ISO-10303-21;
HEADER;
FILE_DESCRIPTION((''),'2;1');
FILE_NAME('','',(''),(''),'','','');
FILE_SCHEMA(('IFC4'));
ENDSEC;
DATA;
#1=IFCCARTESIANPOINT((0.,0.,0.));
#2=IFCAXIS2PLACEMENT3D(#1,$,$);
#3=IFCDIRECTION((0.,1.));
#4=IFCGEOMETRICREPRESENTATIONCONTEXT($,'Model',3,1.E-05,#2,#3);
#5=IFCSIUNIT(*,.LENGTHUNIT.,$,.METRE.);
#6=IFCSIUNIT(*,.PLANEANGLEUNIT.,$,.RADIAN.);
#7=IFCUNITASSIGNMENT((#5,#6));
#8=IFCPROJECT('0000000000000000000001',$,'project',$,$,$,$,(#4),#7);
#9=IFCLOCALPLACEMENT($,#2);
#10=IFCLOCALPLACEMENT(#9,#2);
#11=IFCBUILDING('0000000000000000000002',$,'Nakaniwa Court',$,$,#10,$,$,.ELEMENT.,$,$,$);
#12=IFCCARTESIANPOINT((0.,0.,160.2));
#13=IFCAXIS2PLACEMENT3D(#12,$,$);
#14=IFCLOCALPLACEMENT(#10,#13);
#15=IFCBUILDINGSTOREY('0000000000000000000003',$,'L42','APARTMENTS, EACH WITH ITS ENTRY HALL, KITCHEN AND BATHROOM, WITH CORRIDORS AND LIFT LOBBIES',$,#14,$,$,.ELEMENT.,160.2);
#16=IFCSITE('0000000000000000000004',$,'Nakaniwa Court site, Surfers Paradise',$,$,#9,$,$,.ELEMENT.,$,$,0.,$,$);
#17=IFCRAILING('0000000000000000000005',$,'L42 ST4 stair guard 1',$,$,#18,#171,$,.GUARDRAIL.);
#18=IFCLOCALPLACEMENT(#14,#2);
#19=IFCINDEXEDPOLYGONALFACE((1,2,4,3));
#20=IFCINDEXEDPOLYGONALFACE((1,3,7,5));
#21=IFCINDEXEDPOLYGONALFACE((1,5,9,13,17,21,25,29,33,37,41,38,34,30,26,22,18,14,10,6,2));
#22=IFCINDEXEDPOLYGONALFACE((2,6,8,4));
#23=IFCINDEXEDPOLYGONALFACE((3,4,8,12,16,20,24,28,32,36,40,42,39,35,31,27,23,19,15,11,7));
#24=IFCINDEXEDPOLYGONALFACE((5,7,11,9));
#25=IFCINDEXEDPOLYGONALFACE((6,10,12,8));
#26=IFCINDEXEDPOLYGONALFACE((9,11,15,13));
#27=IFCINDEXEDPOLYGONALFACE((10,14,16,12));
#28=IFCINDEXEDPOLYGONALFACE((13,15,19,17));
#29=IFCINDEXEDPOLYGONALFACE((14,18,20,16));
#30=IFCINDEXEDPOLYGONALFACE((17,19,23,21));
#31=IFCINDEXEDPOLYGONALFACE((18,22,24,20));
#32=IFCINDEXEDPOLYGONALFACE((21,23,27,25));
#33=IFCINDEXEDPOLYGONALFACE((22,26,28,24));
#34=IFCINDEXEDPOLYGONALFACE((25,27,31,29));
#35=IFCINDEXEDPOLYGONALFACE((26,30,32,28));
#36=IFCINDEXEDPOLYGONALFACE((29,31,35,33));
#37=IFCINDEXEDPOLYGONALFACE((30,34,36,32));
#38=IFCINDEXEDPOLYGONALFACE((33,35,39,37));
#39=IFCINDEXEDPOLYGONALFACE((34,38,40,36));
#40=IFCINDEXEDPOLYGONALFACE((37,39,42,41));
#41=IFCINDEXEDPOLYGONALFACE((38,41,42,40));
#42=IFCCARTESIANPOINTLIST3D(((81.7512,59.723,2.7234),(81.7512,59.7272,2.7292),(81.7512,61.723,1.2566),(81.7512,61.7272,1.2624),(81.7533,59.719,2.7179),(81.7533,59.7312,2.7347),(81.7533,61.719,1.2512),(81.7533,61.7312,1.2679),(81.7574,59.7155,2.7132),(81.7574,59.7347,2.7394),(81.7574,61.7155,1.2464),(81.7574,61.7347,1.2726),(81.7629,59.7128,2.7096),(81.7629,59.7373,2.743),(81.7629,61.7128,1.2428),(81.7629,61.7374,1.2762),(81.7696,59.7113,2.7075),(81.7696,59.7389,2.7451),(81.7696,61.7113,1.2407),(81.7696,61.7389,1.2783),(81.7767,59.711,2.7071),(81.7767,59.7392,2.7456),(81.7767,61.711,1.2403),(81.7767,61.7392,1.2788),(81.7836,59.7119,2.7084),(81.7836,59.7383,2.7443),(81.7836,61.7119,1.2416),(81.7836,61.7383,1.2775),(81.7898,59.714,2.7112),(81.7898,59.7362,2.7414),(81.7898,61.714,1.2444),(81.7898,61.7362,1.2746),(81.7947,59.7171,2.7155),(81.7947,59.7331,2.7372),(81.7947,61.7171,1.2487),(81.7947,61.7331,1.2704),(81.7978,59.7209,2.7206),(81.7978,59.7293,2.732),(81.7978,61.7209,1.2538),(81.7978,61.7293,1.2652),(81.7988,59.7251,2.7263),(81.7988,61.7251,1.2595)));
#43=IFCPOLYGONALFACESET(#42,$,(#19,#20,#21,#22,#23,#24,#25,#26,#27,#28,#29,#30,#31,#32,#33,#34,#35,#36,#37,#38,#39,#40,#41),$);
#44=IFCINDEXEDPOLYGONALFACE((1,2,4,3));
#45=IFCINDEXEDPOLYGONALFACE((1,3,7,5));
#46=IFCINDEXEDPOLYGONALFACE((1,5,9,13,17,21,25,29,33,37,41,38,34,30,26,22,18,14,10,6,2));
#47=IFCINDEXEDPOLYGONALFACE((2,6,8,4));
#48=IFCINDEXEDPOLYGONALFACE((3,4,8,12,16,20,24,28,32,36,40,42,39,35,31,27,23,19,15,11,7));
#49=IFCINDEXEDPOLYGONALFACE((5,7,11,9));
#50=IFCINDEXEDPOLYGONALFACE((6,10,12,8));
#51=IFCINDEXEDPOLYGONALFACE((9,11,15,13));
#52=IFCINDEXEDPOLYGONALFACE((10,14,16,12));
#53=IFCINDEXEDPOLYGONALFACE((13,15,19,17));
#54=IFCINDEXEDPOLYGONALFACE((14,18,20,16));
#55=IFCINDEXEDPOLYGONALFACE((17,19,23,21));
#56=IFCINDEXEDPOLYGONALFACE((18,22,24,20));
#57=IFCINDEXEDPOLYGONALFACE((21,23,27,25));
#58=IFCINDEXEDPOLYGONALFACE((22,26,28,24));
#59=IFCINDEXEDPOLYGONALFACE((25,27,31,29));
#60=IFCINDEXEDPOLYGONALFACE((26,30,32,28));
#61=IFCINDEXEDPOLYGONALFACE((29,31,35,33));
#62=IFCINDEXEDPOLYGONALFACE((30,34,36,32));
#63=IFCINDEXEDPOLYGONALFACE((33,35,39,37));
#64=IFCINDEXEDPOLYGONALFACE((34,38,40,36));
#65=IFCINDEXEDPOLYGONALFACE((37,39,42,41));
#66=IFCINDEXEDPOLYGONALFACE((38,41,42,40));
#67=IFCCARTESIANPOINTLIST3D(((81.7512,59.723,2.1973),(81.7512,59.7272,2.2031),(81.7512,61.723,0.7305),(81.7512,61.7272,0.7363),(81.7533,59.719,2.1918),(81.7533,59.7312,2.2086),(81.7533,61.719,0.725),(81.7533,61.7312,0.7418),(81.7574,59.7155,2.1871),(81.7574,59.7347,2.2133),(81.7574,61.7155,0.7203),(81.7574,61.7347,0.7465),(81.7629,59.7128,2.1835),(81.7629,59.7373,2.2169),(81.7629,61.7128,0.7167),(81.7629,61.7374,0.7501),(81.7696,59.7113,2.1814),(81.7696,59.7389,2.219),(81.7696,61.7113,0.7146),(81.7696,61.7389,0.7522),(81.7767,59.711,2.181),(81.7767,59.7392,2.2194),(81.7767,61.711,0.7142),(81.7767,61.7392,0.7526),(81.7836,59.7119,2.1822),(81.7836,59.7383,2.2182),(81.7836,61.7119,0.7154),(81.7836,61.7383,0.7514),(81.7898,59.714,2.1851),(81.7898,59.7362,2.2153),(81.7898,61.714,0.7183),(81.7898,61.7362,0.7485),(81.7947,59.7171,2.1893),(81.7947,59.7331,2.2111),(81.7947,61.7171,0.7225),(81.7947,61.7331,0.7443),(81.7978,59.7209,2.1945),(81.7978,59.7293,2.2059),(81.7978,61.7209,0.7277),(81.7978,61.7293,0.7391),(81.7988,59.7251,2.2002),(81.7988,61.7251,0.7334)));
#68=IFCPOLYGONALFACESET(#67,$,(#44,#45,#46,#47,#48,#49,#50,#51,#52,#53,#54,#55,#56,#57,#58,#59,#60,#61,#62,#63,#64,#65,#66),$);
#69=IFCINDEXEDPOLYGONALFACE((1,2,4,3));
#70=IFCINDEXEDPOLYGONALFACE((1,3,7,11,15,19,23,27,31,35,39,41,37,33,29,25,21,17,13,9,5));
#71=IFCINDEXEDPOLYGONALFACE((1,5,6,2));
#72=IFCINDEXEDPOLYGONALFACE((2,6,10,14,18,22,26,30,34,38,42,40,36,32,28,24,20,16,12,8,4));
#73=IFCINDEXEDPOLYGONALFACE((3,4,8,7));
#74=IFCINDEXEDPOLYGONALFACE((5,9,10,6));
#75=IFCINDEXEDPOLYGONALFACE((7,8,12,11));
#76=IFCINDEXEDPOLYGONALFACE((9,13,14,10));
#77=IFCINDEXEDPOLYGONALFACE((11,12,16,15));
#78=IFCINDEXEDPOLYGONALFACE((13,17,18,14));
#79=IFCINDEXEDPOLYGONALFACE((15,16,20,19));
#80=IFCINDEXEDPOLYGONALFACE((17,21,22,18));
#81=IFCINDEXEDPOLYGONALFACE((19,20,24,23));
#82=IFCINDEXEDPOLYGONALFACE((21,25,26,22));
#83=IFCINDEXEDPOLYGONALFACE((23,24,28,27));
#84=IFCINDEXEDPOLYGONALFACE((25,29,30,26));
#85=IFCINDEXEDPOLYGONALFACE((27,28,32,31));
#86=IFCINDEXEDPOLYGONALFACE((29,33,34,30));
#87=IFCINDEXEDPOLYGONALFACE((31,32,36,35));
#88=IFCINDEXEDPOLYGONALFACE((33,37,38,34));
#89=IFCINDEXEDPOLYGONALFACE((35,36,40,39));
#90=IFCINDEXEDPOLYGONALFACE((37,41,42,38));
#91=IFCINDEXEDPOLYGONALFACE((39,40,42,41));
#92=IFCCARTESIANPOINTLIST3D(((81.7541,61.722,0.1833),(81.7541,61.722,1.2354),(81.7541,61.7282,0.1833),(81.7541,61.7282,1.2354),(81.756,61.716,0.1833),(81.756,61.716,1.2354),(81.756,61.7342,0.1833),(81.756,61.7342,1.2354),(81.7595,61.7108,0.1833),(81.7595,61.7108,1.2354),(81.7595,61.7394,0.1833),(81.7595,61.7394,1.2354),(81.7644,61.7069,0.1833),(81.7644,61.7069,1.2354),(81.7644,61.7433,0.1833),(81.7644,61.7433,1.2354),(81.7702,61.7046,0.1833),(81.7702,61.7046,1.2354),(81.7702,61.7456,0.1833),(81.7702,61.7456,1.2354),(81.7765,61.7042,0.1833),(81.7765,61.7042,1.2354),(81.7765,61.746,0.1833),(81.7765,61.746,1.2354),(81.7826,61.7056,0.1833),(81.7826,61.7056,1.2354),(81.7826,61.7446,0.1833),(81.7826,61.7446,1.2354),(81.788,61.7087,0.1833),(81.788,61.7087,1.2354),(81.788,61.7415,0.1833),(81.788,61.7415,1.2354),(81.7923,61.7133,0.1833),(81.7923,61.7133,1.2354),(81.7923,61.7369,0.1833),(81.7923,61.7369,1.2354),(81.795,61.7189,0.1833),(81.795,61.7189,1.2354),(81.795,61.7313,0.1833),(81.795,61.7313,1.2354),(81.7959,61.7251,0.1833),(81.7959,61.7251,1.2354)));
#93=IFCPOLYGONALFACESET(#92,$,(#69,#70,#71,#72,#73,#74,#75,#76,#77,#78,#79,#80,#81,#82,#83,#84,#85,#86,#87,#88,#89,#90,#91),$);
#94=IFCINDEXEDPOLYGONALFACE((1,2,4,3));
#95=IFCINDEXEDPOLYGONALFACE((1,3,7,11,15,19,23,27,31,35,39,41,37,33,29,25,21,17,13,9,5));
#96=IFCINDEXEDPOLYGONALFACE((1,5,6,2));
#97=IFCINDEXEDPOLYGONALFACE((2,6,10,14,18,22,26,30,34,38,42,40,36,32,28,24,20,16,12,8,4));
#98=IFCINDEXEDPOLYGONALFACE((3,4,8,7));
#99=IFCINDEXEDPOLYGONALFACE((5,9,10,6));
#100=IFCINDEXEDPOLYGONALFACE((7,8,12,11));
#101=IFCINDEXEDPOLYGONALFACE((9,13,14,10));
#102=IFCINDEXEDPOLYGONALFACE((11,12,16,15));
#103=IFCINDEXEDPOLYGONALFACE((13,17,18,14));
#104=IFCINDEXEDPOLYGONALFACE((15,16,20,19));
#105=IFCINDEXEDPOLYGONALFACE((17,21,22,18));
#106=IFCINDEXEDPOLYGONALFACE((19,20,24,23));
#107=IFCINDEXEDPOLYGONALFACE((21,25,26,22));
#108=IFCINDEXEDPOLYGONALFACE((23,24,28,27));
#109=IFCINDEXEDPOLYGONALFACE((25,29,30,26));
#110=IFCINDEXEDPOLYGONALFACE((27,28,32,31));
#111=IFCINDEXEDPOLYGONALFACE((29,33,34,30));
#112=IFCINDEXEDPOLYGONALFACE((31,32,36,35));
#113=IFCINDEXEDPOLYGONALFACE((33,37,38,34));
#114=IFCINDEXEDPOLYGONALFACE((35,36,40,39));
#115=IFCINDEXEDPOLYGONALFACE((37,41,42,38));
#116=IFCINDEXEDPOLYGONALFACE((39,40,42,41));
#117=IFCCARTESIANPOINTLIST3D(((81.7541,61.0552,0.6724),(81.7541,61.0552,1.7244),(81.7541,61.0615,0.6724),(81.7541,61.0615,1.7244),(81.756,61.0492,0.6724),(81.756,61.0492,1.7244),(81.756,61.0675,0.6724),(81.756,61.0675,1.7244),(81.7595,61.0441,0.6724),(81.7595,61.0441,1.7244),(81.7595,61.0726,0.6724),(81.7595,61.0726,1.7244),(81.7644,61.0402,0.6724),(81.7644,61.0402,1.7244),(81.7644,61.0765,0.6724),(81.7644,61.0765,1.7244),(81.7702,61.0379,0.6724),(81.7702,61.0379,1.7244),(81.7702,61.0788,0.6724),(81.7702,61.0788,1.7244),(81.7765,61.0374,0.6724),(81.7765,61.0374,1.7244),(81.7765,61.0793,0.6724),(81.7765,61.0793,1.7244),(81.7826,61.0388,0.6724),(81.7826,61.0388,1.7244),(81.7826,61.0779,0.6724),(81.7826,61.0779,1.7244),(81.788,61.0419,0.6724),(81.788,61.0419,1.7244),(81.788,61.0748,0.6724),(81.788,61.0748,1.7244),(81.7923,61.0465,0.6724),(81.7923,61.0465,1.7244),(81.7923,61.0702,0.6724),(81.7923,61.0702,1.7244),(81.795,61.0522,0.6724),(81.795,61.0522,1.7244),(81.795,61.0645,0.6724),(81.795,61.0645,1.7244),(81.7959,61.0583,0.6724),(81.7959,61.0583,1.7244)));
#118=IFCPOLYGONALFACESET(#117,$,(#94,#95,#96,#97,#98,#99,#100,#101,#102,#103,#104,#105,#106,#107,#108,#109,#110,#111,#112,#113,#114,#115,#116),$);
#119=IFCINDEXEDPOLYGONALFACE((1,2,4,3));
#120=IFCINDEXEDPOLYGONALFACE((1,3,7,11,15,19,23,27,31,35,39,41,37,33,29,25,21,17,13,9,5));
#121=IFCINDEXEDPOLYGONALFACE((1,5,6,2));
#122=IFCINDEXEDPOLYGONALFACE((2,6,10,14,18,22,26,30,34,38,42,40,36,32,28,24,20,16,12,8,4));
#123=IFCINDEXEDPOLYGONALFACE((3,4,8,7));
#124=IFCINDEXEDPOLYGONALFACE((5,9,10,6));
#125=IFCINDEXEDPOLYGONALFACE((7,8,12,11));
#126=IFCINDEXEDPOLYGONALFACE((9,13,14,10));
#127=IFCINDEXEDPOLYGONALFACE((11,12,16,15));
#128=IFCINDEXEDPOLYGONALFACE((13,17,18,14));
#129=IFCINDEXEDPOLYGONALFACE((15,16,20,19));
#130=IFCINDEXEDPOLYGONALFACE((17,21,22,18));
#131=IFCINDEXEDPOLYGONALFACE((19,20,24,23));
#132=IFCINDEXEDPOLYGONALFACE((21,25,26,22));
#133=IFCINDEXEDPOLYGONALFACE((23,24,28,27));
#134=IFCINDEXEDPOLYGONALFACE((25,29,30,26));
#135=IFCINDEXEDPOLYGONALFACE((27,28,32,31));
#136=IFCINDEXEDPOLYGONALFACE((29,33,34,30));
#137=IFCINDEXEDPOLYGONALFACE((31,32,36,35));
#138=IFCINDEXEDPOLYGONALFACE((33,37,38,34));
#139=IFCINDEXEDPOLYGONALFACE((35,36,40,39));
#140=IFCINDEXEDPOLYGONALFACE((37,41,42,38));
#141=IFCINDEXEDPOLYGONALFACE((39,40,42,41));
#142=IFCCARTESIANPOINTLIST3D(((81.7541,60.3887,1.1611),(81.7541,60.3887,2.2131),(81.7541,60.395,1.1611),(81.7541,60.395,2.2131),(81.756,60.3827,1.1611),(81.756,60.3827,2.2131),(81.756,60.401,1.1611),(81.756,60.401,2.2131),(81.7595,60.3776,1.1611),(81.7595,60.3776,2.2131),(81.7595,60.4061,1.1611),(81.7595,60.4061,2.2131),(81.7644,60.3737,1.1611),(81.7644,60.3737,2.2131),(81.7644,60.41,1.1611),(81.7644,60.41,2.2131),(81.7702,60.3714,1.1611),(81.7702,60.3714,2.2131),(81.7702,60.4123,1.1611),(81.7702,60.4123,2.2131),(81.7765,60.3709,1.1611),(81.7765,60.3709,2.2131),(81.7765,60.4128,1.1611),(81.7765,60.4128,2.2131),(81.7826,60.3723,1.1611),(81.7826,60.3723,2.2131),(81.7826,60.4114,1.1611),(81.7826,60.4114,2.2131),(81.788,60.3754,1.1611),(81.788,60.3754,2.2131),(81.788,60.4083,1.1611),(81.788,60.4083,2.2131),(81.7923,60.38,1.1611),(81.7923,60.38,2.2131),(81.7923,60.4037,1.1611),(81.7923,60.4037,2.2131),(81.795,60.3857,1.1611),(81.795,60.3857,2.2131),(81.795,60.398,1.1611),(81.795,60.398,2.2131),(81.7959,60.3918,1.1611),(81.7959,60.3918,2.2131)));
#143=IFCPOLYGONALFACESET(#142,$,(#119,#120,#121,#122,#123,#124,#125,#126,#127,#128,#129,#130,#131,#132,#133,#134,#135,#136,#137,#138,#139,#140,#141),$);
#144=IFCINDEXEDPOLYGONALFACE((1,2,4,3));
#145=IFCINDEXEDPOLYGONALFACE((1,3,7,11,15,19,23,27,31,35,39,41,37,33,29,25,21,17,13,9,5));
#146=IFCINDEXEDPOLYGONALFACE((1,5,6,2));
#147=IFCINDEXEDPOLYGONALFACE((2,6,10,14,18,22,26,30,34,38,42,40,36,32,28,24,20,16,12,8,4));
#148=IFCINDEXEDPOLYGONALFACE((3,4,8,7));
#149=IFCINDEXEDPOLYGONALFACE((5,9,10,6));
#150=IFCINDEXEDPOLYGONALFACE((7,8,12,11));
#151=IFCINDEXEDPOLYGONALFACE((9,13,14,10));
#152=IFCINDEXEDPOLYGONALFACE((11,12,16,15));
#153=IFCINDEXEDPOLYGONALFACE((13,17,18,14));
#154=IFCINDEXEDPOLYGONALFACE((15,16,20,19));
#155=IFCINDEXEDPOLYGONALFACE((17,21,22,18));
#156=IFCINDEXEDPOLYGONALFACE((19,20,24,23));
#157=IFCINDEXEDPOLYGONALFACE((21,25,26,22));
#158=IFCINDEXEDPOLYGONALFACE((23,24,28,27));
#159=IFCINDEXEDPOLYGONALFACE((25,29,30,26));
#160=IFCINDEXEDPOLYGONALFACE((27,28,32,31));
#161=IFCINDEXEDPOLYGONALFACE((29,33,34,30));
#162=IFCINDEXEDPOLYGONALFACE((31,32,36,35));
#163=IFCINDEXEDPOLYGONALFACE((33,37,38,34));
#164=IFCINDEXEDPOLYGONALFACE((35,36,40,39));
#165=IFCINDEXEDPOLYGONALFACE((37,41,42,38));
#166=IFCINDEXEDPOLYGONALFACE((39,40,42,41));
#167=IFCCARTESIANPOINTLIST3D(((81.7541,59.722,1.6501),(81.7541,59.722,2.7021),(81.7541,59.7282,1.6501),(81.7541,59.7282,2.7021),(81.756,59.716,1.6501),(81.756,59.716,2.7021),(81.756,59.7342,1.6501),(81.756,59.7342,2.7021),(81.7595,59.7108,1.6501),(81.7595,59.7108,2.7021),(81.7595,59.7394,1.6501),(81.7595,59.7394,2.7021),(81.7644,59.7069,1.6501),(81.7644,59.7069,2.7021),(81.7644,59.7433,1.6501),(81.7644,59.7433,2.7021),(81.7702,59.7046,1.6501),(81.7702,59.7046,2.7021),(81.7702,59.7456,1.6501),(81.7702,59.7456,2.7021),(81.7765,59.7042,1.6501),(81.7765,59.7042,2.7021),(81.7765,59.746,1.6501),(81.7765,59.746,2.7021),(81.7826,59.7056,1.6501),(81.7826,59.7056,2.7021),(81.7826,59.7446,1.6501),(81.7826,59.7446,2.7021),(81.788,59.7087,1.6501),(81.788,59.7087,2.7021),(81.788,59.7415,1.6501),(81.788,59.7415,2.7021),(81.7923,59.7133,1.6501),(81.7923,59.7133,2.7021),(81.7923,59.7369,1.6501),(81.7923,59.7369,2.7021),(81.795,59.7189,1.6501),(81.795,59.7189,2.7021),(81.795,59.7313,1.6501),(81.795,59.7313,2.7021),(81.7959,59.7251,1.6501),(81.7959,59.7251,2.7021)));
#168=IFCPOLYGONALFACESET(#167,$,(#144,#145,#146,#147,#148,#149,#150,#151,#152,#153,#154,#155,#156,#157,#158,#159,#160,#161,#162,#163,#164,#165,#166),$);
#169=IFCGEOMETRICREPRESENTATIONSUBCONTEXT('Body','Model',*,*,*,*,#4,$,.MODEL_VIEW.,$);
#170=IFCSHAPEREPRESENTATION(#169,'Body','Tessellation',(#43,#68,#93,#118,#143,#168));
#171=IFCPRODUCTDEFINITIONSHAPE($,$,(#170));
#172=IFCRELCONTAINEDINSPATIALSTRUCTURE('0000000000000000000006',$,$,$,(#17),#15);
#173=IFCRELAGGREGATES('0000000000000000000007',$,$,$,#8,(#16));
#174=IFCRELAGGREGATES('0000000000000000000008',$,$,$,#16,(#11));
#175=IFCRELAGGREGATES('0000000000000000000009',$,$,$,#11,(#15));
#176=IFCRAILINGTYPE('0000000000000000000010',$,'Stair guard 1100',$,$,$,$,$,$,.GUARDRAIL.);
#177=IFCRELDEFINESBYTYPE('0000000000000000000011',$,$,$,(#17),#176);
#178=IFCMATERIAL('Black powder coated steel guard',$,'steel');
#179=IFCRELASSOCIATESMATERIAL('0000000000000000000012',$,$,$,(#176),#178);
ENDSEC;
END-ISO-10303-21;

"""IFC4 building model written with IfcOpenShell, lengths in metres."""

from ifc_helpers import new_model, si_unit, direction, frame, origin, origin_2d, place, context, subcontext, project, spatial, circle, extrude, material, type_object, element, save


model = new_model("IFC4")

# Units and contexts
model_context = context("Model", 3, precision=1e-05, world=origin(), true_north=direction((0.0, 1.0)))
body_context = subcontext(model_context, "Body", "Model", "MODEL_VIEW")
ifc_project = project(units=[si_unit("LENGTHUNIT", "METRE"), si_unit("PLANEANGLEUNIT", "RADIAN")], contexts=[model_context])

# Site, building, storey
site_placement = place(None, origin())
site = spatial("IfcSite", under=ifc_project, at=site_placement, Name="Nakaniwa Court site, Surfers Paradise", CompositionType="ELEMENT", RefElevation=0.0)
building_placement = place(site_placement, origin())
building = spatial("IfcBuilding", under=site, at=building_placement, Name="Nakaniwa Court", CompositionType="ELEMENT")
storey_placement = place(building_placement, frame((0.0, 0.0, 160.2)))
storey = spatial("IfcBuildingStorey", under=building, at=storey_placement, Name="L42", Description="APARTMENTS, EACH WITH ITS ENTRY HALL, KITCHEN AND BATHROOM, WITH CORRIDORS AND LIFT LOBBIES", CompositionType="ELEMENT", Elevation=160.2)

# Railing
ifc_material_1 = material(Name="Black powder coated steel guard", Category="steel")
railing_type_1 = type_object("IfcRailingType", Name="Stair guard 1100", PredefinedType="GUARDRAIL", material=ifc_material_1)
railing_1_placement = place(storey_placement, frame((81.7749, 61.7251, 0.1833)))
element("IfcRailing", 1, at=railing_1_placement, inside=storey, type_object=railing_type_1, Name="L42 ST4 stair guard 1", PredefinedType="GUARDRAIL", context=body_context, shape_type="SweptSolid", body=[
    extrude(circle(Radius=0.0239, at=origin_2d()), frame((0.0, 0.0, 1.0762), z_axis=(0.0, -0.80638, 0.591398), x_axis=(1.0, 0.0, 0.0)), (0.0, 0.0, 1.0), 2.4802),
    extrude(circle(Radius=0.0239, at=origin_2d()), frame((0.0, 0.0, 0.55), z_axis=(0.0, -0.80638, 0.591398), x_axis=(1.0, 0.0, 0.0)), (0.0, 0.0, 1.0), 2.4802),
    extrude(circle(Radius=0.021, at=origin_2d()), origin(), (0.0, 0.0, 1.0), 1.052),
    extrude(circle(Radius=0.021, at=origin_2d()), frame((0.0, -0.6667, 0.489)), (0.0, 0.0, 1.0), 1.052),
    extrude(circle(Radius=0.021, at=origin_2d()), frame((0.0, -1.3333, 0.9778)), (0.0, 0.0, 1.0), 1.052),
    extrude(circle(Radius=0.021, at=origin_2d()), frame((0.0, -2.0, 1.4668)), (0.0, 0.0, 1.0), 1.052),
])

save(model, "model.ifc")
